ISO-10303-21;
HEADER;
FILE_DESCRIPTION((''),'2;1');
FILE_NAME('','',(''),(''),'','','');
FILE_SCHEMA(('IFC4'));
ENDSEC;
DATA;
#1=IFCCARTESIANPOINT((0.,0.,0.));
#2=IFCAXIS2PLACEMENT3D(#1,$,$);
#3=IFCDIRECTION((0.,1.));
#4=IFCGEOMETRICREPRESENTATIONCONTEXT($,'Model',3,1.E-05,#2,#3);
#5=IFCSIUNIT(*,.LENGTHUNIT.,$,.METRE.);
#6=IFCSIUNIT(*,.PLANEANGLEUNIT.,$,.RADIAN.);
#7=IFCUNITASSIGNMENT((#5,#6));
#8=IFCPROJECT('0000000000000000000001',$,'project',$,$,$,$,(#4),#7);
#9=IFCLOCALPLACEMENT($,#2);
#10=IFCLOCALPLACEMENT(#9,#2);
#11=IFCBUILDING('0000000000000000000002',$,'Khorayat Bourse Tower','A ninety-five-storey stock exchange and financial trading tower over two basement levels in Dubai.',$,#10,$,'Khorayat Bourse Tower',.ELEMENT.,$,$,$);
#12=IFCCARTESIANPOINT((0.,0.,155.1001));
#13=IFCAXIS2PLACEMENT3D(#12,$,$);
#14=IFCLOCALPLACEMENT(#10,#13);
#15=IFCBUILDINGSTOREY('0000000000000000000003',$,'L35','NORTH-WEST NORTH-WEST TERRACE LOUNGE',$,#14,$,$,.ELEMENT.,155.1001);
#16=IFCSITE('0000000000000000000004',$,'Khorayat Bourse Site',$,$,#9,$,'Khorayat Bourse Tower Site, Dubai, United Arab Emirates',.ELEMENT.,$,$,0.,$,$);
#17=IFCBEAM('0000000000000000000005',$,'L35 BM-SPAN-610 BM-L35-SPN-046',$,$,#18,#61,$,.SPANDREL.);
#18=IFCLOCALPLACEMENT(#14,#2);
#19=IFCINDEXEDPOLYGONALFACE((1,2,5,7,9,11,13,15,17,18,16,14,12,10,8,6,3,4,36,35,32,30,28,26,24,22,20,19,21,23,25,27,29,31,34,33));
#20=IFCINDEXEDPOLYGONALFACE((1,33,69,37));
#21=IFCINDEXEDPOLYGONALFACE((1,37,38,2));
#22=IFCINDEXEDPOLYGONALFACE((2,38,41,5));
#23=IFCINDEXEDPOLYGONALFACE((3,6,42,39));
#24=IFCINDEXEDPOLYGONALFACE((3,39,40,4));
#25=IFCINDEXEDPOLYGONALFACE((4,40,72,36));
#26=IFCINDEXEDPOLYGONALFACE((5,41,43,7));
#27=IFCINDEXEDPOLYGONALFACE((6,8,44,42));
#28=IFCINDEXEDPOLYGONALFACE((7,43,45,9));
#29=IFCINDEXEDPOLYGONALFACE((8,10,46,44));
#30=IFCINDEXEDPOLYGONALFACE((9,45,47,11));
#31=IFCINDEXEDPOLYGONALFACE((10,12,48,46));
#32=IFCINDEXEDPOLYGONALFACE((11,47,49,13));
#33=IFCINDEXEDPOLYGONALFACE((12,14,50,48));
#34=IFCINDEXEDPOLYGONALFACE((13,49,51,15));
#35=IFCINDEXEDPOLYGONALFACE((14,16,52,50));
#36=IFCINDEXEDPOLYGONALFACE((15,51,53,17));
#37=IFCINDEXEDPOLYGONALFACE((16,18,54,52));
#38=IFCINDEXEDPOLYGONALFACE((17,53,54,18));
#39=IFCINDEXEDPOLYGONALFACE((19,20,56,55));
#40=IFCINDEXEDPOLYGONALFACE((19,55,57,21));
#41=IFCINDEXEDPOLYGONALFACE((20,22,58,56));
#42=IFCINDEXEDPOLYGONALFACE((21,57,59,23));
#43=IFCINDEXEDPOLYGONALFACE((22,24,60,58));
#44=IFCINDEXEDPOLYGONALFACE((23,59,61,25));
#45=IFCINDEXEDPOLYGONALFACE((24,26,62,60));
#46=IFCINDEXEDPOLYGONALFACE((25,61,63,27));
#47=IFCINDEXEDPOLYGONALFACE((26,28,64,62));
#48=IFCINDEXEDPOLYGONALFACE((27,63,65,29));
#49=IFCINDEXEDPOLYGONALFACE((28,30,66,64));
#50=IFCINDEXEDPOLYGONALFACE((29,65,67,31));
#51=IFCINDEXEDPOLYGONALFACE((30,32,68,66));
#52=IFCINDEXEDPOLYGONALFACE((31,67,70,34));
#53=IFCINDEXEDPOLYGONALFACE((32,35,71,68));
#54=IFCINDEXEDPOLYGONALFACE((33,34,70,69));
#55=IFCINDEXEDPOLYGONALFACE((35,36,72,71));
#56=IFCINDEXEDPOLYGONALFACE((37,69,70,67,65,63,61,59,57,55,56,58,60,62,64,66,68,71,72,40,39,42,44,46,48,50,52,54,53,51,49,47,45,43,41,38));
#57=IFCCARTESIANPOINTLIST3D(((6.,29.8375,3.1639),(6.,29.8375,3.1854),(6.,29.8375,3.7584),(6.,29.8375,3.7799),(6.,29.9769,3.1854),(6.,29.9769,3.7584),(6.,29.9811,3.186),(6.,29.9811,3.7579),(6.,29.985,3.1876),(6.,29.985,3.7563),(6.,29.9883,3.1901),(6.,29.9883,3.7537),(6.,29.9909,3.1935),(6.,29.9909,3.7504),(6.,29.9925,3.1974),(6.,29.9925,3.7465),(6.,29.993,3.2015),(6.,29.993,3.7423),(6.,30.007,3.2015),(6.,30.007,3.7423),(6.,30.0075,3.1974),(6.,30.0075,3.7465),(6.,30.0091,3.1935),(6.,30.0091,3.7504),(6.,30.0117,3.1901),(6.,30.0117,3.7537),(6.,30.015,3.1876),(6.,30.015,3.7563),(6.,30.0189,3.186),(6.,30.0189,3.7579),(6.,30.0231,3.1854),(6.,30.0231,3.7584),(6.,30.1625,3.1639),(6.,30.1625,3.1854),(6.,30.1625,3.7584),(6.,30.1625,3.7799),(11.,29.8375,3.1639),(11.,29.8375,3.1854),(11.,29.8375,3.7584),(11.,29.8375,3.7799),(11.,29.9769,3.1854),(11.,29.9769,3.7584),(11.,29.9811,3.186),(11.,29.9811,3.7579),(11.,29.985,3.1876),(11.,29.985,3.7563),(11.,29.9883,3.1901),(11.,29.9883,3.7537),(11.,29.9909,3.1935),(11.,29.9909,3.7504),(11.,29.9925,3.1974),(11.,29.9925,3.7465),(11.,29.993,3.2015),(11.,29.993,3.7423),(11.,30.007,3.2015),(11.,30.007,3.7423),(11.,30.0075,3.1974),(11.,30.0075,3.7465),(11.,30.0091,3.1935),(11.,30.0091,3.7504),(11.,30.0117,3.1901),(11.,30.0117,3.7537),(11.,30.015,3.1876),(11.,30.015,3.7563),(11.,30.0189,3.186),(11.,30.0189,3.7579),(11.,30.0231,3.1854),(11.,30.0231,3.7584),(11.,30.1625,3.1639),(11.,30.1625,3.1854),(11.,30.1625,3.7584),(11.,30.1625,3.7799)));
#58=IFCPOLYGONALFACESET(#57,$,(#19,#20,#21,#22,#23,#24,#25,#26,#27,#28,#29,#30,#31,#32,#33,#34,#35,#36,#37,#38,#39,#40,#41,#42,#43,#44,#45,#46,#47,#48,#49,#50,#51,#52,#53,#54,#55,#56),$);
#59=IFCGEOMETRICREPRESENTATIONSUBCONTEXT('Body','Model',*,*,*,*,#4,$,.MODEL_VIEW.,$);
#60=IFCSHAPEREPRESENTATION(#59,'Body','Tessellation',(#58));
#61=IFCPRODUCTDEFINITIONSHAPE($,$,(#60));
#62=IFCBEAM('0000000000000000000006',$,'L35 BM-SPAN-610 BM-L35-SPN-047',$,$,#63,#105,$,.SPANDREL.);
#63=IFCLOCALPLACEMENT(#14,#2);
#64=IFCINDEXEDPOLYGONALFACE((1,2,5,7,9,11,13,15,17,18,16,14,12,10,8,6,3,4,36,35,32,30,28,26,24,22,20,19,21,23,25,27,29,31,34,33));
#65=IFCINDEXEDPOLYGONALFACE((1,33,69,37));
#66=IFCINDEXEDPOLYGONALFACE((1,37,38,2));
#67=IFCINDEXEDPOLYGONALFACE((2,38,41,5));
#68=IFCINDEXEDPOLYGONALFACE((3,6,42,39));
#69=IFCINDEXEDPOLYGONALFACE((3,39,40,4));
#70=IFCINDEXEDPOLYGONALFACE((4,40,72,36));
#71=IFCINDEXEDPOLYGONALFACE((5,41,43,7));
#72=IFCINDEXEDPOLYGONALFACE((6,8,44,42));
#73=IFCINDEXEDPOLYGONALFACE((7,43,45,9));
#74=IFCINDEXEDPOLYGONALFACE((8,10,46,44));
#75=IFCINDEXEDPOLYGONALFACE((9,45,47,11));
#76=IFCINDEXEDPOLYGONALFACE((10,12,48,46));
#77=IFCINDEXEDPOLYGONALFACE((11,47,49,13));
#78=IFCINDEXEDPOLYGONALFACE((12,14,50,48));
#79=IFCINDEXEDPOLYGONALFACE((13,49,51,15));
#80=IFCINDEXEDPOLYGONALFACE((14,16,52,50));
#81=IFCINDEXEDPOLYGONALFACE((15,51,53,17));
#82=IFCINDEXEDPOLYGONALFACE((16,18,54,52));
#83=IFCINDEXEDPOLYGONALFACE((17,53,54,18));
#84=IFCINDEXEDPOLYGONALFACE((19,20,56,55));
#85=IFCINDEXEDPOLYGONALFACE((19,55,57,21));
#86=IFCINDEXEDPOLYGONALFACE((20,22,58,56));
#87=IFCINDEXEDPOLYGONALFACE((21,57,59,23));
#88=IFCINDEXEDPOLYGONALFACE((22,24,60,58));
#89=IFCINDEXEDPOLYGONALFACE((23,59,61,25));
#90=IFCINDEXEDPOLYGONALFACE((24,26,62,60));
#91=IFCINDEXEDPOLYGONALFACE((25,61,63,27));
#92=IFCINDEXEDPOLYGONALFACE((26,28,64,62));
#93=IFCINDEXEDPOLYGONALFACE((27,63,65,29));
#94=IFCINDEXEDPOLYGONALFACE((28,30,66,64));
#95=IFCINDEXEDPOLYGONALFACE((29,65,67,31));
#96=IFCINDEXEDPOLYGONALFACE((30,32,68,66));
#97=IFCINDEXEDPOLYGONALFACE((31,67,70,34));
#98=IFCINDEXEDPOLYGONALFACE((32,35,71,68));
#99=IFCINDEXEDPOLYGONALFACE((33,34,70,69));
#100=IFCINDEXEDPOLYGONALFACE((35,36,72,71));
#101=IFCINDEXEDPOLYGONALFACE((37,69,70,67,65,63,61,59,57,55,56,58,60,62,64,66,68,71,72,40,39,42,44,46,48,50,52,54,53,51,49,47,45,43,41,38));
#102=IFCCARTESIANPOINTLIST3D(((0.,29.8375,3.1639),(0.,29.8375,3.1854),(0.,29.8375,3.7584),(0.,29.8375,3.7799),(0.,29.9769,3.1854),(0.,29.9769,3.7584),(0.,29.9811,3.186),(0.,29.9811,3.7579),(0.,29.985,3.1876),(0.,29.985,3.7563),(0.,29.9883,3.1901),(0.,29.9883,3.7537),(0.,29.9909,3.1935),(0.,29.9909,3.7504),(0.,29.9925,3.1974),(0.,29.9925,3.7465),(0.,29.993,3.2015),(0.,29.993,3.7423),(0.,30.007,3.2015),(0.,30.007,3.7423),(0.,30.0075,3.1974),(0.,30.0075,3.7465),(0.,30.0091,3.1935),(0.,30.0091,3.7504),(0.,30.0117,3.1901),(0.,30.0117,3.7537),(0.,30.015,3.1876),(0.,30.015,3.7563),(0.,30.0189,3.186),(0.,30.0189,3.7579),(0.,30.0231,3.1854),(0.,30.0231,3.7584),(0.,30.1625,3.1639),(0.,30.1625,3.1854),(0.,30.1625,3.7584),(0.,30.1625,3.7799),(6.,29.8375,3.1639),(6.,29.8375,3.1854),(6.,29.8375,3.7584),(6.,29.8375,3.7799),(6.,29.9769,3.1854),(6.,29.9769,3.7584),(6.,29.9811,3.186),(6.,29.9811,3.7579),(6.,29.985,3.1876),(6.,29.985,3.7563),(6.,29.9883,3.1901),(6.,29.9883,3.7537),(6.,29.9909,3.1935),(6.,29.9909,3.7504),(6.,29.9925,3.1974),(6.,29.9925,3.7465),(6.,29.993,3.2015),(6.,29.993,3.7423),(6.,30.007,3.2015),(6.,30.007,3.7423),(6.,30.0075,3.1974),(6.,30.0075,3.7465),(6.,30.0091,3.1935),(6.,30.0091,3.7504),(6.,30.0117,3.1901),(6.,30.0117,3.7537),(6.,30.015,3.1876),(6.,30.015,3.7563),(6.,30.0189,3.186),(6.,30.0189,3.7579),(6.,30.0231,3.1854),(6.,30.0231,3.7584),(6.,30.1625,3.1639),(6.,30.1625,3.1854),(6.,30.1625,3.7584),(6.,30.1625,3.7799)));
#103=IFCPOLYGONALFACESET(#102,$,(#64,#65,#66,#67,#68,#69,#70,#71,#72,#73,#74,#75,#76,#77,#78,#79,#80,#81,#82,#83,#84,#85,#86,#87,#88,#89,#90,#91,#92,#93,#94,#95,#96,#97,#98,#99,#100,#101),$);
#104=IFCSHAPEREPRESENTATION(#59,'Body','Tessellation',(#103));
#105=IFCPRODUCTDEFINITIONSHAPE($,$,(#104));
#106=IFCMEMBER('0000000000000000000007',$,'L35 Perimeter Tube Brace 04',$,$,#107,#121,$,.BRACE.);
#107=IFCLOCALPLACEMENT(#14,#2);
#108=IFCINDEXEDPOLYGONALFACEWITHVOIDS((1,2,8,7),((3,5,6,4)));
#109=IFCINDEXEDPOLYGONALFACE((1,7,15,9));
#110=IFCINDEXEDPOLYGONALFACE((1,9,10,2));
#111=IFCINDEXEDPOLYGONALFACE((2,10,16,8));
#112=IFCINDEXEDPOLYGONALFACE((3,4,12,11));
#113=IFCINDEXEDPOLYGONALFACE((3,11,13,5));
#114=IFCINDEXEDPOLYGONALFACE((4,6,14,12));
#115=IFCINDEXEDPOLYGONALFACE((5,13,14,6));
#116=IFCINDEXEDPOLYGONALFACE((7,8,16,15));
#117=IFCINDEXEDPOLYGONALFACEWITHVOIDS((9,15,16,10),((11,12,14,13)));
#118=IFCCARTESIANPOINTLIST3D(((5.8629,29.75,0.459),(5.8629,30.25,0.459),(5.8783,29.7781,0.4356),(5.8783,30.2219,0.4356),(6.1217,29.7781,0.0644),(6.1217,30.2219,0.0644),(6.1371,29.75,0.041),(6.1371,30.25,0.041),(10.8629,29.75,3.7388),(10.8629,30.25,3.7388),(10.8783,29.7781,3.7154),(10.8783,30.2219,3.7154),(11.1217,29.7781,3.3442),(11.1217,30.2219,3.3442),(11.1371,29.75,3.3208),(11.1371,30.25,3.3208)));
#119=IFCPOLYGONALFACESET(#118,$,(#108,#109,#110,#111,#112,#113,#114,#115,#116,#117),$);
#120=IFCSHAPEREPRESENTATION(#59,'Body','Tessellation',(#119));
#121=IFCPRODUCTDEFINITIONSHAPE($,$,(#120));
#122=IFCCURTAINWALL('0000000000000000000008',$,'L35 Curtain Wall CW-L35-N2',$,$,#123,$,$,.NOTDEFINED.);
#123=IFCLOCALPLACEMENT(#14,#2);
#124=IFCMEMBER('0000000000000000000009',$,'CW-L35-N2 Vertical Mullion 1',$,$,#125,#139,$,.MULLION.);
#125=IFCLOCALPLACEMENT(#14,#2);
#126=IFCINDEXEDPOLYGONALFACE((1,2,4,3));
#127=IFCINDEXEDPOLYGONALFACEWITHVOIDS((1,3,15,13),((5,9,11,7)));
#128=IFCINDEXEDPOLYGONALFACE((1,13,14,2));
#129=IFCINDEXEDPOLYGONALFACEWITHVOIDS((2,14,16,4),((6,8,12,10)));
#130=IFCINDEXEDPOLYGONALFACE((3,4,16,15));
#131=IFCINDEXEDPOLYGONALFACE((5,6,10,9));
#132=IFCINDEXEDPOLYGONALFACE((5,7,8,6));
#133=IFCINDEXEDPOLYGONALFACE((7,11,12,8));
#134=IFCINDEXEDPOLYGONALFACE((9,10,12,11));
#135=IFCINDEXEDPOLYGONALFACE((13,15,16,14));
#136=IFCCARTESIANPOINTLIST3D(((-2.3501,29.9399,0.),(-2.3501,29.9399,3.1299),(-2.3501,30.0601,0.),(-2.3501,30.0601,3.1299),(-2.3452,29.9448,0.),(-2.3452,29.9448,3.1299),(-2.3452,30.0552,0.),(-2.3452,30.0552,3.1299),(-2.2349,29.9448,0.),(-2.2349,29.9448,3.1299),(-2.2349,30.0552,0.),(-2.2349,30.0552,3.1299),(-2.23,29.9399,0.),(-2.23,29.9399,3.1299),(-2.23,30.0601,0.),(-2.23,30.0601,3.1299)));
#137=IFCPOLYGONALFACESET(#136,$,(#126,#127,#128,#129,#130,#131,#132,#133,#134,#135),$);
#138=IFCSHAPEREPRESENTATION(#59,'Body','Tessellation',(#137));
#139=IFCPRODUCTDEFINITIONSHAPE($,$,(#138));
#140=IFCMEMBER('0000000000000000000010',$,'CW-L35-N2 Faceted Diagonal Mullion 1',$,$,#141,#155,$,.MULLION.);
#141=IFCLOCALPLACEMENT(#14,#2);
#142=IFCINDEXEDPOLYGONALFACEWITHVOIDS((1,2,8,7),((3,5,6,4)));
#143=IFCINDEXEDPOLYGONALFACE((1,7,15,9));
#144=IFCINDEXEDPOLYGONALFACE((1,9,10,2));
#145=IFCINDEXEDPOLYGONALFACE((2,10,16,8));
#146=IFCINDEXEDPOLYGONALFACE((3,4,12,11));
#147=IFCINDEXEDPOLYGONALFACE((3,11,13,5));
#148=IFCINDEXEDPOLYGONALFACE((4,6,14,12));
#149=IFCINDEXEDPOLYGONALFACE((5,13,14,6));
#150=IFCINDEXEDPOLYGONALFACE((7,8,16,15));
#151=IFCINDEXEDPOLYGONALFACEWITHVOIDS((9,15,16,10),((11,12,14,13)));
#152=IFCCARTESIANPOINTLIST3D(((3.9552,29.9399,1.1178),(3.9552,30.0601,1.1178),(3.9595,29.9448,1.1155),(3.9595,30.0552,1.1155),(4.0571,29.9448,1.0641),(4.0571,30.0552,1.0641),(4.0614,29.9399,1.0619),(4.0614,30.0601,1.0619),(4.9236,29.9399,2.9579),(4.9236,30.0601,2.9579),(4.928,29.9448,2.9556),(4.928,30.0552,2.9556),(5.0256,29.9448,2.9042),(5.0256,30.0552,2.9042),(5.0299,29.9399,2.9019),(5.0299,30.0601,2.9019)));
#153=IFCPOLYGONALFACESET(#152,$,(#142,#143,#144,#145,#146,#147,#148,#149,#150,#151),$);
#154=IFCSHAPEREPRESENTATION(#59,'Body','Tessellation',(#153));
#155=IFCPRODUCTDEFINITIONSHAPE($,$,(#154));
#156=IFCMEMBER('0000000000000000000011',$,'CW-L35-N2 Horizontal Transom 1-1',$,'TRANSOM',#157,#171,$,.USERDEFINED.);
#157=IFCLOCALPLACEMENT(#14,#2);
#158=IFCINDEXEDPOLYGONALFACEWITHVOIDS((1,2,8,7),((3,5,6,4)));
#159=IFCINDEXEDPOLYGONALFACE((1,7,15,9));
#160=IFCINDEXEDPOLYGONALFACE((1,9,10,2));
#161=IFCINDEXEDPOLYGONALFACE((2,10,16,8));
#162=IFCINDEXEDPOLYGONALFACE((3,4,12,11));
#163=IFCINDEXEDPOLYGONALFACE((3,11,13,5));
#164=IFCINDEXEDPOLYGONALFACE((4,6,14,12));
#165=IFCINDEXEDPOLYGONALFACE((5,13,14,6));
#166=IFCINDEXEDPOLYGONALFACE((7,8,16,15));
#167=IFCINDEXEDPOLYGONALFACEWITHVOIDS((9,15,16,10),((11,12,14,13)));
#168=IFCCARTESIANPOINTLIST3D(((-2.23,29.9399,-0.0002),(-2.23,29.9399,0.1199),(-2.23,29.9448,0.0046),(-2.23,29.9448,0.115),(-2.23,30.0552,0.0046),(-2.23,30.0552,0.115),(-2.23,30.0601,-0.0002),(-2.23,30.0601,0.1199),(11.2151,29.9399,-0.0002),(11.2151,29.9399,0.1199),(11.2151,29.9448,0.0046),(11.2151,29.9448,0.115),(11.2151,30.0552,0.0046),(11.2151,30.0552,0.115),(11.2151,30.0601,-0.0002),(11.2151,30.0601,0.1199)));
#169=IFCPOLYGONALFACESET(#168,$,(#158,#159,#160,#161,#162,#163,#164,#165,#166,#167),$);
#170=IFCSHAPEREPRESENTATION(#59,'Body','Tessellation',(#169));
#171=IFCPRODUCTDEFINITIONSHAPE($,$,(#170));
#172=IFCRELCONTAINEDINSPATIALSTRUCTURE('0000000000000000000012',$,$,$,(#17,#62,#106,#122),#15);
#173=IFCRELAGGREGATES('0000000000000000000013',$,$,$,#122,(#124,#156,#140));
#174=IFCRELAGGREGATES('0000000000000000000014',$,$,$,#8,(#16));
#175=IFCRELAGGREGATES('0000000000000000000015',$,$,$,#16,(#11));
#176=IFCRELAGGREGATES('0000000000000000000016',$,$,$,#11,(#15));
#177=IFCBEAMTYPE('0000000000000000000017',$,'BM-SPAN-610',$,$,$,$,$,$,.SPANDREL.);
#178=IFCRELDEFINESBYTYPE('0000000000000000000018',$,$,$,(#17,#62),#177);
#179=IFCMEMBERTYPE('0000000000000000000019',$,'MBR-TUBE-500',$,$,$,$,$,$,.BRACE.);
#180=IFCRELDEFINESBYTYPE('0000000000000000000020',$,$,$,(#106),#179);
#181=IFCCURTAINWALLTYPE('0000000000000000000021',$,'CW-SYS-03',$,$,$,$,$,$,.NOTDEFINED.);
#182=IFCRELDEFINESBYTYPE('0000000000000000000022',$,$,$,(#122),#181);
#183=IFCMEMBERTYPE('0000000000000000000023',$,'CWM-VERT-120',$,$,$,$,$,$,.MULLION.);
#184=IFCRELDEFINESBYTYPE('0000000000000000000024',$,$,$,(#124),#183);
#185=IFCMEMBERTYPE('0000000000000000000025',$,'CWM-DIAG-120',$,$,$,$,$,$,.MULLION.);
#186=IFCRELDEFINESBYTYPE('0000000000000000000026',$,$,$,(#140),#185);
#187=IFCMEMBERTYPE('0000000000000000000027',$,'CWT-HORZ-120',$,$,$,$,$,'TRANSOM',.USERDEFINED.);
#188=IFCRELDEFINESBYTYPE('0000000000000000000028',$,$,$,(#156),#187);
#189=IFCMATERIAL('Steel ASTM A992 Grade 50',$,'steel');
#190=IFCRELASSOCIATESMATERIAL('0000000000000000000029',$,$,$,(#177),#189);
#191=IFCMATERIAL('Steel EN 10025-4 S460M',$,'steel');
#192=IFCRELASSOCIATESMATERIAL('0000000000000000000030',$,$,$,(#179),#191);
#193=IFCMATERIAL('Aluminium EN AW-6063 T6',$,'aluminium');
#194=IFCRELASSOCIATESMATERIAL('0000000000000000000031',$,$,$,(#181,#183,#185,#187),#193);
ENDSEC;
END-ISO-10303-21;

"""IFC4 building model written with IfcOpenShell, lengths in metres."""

from ifc_helpers import new_model, si_unit, direction, frame, origin, origin_2d, place, context, subcontext, project, spatial, hollow_rectangle, i_section, extrude, source, transform, mapped, material, material_profile, profile_set, type_object, element, aggregate, save


model = new_model("IFC4")

# Units and contexts
model_context = context("Model", 3, precision=1e-05, world=origin(), true_north=direction((0.0, 1.0)))
body_context = subcontext(model_context, "Body", "Model", "MODEL_VIEW")
ifc_project = project(units=[si_unit("LENGTHUNIT", "METRE"), si_unit("PLANEANGLEUNIT", "RADIAN")], contexts=[model_context])

# Site, building, storey
site_placement = place(None, origin())
site = spatial("IfcSite", under=ifc_project, at=site_placement, Name="Khorayat Bourse Site", LongName="Khorayat Bourse Tower Site, Dubai, United Arab Emirates", CompositionType="ELEMENT", RefElevation=0.0)
building_placement = place(site_placement, origin())
building = spatial("IfcBuilding", under=site, at=building_placement, Name="Khorayat Bourse Tower", Description="A ninety-five-storey stock exchange and financial trading tower over two basement levels in Dubai.", LongName="Khorayat Bourse Tower", CompositionType="ELEMENT")
storey_placement = place(building_placement, frame((0.0, 0.0, 155.1001)))
storey = spatial("IfcBuildingStorey", under=building, at=storey_placement, Name="L35", Description="NORTH-WEST NORTH-WEST TERRACE LOUNGE", CompositionType="ELEMENT", Elevation=155.1001)

# Shared definitions
ifc_material_1 = material(Name="Steel EN 10025-4 S460M", Category="steel")

# Beams
ifc_material_2 = material(Name="Steel ASTM A992 Grade 50", Category="steel")
ifc_material_profile_1 = material_profile(ifc_material_2, i_section(OverallWidth=0.325, OverallDepth=0.616, WebThickness=0.0139, FlangeThickness=0.0215, FilletRadius=0.0161, at=origin_2d()), Name="W610X174")
ifc_profile_set_1 = profile_set([ifc_material_profile_1], Name="Steel ASTM A992 Grade 50")
beam_type_1 = type_object("IfcBeamType", Name="BM-SPAN-610", PredefinedType="SPANDREL", material=ifc_profile_set_1)
shared_shape_1 = source(origin(), body_context, "Body", "SweptSolid", [
    extrude(i_section(OverallWidth=0.325, OverallDepth=0.616, WebThickness=0.0139, FlangeThickness=0.0215, FilletRadius=0.0161, at=origin_2d()), origin(), (0.0, 0.0, 1.0), 5.0),
])
beam_1_placement = place(storey_placement, frame((6.0, 30.0, 3.4719), z_axis=(1.0, 0.0, 0.0), x_axis=(0.0, 1.0, 0.0)))
element("IfcBeam", 1, at=beam_1_placement, inside=storey, type_object=beam_type_1, Name="L35 BM-SPAN-610 BM-L35-SPN-046", PredefinedType="SPANDREL", context=body_context, shape_type="MappedRepresentation", body=[
    mapped(shared_shape_1, transform((0.0, 0.0, 0.0), scale=1.0)),
])
shared_shape_2 = source(origin(), body_context, "Body", "SweptSolid", [
    extrude(i_section(OverallWidth=0.325, OverallDepth=0.616, WebThickness=0.0139, FlangeThickness=0.0215, FilletRadius=0.0161, at=origin_2d()), origin(), (0.0, 0.0, 1.0), 6.0),
])
beam_2_placement = place(storey_placement, frame((0.0, 30.0, 3.4719), z_axis=(1.0, 0.0, 0.0), x_axis=(0.0, 1.0, 0.0)))
element("IfcBeam", 2, at=beam_2_placement, inside=storey, type_object=beam_type_1, Name="L35 BM-SPAN-610 BM-L35-SPN-047", PredefinedType="SPANDREL", context=body_context, shape_type="MappedRepresentation", body=[
    mapped(shared_shape_2, transform((0.0, 0.0, 0.0), scale=1.0)),
])

# Member
ifc_material_profile_2 = material_profile(ifc_material_1, hollow_rectangle(XDim=0.5, YDim=0.5, WallThickness=0.0281, at=origin_2d()), Name="HSS 500x500x28")
ifc_profile_set_2 = profile_set([ifc_material_profile_2], Name="Steel EN 10025-4 S460M")
member_type_1 = type_object("IfcMemberType", Name="MBR-TUBE-500", PredefinedType="BRACE", material=ifc_profile_set_2)
shared_shape_3 = source(origin(), body_context, "Body", "SweptSolid", [
    extrude(hollow_rectangle(XDim=0.5, YDim=0.5, WallThickness=0.0281, at=origin_2d()), origin(), (0.0, 0.0, 1.0), 5.9797),
])
member_1_placement = place(storey_placement, frame((6.0, 30.0, 0.25), z_axis=(0.83616, 0.0, 0.548485), x_axis=(0.0, 1.0, 0.0)))
element("IfcMember", 3, at=member_1_placement, inside=storey, type_object=member_type_1, Name="L35 Perimeter Tube Brace 04", PredefinedType="BRACE", context=body_context, shape_type="MappedRepresentation", body=[
    mapped(shared_shape_3, transform((0.0, 0.0, 0.0), scale=1.0)),
])

# Curtain wall, members
ifc_material_3 = material(Name="Aluminium EN AW-6063 T6", Category="aluminium")
curtain_wall_type = type_object("IfcCurtainWallType", Name="CW-SYS-03", PredefinedType="NOTDEFINED", material=ifc_material_3)
curtain_wall_placement = place(storey_placement, origin())
curtain_wall = element("IfcCurtainWall", 4, at=curtain_wall_placement, inside=storey, type_object=curtain_wall_type, Name="L35 Curtain Wall CW-L35-N2", PredefinedType="NOTDEFINED")
ifc_material_profile_3 = material_profile(ifc_material_3, hollow_rectangle(XDim=0.1201, YDim=0.1201, WallThickness=0.0049, at=origin_2d()), Name="ALU 120x120x5")
ifc_profile_set_3 = profile_set([ifc_material_profile_3], Name="Aluminium EN AW-6063 T6")
member_type_2 = type_object("IfcMemberType", Name="CWM-VERT-120", PredefinedType="MULLION", material=ifc_profile_set_3)
shared_shape_4 = source(origin(), body_context, "Body", "SweptSolid", [
    extrude(hollow_rectangle(XDim=0.1201, YDim=0.1201, WallThickness=0.0049, at=origin_2d()), origin(), (0.0, 0.0, 1.0), 3.1299),
])
member_2_placement = place(storey_placement, frame((-2.29, 30.0, 0.0), z_axis=(0.0, 0.0, 1.0), x_axis=(0.0, 1.0, 0.0)))
member_2 = element("IfcMember", 5, at=member_2_placement, type_object=member_type_2, Name="CW-L35-N2 Vertical Mullion 1", PredefinedType="MULLION", context=body_context, shape_type="MappedRepresentation", body=[
    mapped(shared_shape_4, transform((0.0, 0.0, 0.0), scale=1.0)),
])
ifc_material_profile_4 = material_profile(ifc_material_3, hollow_rectangle(XDim=0.1201, YDim=0.1201, WallThickness=0.0049, at=origin_2d()), Name="ALU 120x120x5")
ifc_profile_set_4 = profile_set([ifc_material_profile_4], Name="Aluminium EN AW-6063 T6")
member_type_3 = type_object("IfcMemberType", Name="CWM-DIAG-120", PredefinedType="MULLION", material=ifc_profile_set_4)
shared_shape_5 = source(origin(), body_context, "Body", "SweptSolid", [
    extrude(hollow_rectangle(XDim=0.1201, YDim=0.1201, WallThickness=0.0049, at=origin_2d()), origin(), (0.0, 0.0, 1.0), 2.0793),
])
member_3_placement = place(storey_placement, frame((4.0083, 30.0, 1.0898), z_axis=(0.465761, 0.0, 0.884911), x_axis=(0.0, 1.0, 0.0)))
member_3 = element("IfcMember", 6, at=member_3_placement, type_object=member_type_3, Name="CW-L35-N2 Faceted Diagonal Mullion 1", PredefinedType="MULLION", context=body_context, shape_type="MappedRepresentation", body=[
    mapped(shared_shape_5, transform((0.0, 0.0, 0.0), scale=1.0)),
])
ifc_material_profile_5 = material_profile(ifc_material_3, hollow_rectangle(XDim=0.1201, YDim=0.1201, WallThickness=0.0049, at=origin_2d()), Name="ALU 120x120x5")
ifc_profile_set_5 = profile_set([ifc_material_profile_5], Name="Aluminium EN AW-6063 T6")
member_type_4 = type_object("IfcMemberType", Name="CWT-HORZ-120", ElementType="TRANSOM", PredefinedType="USERDEFINED", material=ifc_profile_set_5)
shared_shape_6 = source(origin(), body_context, "Body", "SweptSolid", [
    extrude(hollow_rectangle(XDim=0.1201, YDim=0.1201, WallThickness=0.0049, at=origin_2d()), origin(), (0.0, 0.0, 1.0), 13.4451),
])
member_4_placement = place(storey_placement, frame((-2.23, 30.0, 0.0598), z_axis=(1.0, 0.0, 0.0), x_axis=(0.0, 1.0, 0.0)))
member_4 = element("IfcMember", 7, at=member_4_placement, type_object=member_type_4, Name="CW-L35-N2 Horizontal Transom 1-1", ObjectType="TRANSOM", PredefinedType="USERDEFINED", context=body_context, shape_type="MappedRepresentation", body=[
    mapped(shared_shape_6, transform((0.0, 0.0, 0.0), scale=1.0)),
])

aggregate(curtain_wall, [member_2, member_4, member_3])

save(model, "model.ifc")
